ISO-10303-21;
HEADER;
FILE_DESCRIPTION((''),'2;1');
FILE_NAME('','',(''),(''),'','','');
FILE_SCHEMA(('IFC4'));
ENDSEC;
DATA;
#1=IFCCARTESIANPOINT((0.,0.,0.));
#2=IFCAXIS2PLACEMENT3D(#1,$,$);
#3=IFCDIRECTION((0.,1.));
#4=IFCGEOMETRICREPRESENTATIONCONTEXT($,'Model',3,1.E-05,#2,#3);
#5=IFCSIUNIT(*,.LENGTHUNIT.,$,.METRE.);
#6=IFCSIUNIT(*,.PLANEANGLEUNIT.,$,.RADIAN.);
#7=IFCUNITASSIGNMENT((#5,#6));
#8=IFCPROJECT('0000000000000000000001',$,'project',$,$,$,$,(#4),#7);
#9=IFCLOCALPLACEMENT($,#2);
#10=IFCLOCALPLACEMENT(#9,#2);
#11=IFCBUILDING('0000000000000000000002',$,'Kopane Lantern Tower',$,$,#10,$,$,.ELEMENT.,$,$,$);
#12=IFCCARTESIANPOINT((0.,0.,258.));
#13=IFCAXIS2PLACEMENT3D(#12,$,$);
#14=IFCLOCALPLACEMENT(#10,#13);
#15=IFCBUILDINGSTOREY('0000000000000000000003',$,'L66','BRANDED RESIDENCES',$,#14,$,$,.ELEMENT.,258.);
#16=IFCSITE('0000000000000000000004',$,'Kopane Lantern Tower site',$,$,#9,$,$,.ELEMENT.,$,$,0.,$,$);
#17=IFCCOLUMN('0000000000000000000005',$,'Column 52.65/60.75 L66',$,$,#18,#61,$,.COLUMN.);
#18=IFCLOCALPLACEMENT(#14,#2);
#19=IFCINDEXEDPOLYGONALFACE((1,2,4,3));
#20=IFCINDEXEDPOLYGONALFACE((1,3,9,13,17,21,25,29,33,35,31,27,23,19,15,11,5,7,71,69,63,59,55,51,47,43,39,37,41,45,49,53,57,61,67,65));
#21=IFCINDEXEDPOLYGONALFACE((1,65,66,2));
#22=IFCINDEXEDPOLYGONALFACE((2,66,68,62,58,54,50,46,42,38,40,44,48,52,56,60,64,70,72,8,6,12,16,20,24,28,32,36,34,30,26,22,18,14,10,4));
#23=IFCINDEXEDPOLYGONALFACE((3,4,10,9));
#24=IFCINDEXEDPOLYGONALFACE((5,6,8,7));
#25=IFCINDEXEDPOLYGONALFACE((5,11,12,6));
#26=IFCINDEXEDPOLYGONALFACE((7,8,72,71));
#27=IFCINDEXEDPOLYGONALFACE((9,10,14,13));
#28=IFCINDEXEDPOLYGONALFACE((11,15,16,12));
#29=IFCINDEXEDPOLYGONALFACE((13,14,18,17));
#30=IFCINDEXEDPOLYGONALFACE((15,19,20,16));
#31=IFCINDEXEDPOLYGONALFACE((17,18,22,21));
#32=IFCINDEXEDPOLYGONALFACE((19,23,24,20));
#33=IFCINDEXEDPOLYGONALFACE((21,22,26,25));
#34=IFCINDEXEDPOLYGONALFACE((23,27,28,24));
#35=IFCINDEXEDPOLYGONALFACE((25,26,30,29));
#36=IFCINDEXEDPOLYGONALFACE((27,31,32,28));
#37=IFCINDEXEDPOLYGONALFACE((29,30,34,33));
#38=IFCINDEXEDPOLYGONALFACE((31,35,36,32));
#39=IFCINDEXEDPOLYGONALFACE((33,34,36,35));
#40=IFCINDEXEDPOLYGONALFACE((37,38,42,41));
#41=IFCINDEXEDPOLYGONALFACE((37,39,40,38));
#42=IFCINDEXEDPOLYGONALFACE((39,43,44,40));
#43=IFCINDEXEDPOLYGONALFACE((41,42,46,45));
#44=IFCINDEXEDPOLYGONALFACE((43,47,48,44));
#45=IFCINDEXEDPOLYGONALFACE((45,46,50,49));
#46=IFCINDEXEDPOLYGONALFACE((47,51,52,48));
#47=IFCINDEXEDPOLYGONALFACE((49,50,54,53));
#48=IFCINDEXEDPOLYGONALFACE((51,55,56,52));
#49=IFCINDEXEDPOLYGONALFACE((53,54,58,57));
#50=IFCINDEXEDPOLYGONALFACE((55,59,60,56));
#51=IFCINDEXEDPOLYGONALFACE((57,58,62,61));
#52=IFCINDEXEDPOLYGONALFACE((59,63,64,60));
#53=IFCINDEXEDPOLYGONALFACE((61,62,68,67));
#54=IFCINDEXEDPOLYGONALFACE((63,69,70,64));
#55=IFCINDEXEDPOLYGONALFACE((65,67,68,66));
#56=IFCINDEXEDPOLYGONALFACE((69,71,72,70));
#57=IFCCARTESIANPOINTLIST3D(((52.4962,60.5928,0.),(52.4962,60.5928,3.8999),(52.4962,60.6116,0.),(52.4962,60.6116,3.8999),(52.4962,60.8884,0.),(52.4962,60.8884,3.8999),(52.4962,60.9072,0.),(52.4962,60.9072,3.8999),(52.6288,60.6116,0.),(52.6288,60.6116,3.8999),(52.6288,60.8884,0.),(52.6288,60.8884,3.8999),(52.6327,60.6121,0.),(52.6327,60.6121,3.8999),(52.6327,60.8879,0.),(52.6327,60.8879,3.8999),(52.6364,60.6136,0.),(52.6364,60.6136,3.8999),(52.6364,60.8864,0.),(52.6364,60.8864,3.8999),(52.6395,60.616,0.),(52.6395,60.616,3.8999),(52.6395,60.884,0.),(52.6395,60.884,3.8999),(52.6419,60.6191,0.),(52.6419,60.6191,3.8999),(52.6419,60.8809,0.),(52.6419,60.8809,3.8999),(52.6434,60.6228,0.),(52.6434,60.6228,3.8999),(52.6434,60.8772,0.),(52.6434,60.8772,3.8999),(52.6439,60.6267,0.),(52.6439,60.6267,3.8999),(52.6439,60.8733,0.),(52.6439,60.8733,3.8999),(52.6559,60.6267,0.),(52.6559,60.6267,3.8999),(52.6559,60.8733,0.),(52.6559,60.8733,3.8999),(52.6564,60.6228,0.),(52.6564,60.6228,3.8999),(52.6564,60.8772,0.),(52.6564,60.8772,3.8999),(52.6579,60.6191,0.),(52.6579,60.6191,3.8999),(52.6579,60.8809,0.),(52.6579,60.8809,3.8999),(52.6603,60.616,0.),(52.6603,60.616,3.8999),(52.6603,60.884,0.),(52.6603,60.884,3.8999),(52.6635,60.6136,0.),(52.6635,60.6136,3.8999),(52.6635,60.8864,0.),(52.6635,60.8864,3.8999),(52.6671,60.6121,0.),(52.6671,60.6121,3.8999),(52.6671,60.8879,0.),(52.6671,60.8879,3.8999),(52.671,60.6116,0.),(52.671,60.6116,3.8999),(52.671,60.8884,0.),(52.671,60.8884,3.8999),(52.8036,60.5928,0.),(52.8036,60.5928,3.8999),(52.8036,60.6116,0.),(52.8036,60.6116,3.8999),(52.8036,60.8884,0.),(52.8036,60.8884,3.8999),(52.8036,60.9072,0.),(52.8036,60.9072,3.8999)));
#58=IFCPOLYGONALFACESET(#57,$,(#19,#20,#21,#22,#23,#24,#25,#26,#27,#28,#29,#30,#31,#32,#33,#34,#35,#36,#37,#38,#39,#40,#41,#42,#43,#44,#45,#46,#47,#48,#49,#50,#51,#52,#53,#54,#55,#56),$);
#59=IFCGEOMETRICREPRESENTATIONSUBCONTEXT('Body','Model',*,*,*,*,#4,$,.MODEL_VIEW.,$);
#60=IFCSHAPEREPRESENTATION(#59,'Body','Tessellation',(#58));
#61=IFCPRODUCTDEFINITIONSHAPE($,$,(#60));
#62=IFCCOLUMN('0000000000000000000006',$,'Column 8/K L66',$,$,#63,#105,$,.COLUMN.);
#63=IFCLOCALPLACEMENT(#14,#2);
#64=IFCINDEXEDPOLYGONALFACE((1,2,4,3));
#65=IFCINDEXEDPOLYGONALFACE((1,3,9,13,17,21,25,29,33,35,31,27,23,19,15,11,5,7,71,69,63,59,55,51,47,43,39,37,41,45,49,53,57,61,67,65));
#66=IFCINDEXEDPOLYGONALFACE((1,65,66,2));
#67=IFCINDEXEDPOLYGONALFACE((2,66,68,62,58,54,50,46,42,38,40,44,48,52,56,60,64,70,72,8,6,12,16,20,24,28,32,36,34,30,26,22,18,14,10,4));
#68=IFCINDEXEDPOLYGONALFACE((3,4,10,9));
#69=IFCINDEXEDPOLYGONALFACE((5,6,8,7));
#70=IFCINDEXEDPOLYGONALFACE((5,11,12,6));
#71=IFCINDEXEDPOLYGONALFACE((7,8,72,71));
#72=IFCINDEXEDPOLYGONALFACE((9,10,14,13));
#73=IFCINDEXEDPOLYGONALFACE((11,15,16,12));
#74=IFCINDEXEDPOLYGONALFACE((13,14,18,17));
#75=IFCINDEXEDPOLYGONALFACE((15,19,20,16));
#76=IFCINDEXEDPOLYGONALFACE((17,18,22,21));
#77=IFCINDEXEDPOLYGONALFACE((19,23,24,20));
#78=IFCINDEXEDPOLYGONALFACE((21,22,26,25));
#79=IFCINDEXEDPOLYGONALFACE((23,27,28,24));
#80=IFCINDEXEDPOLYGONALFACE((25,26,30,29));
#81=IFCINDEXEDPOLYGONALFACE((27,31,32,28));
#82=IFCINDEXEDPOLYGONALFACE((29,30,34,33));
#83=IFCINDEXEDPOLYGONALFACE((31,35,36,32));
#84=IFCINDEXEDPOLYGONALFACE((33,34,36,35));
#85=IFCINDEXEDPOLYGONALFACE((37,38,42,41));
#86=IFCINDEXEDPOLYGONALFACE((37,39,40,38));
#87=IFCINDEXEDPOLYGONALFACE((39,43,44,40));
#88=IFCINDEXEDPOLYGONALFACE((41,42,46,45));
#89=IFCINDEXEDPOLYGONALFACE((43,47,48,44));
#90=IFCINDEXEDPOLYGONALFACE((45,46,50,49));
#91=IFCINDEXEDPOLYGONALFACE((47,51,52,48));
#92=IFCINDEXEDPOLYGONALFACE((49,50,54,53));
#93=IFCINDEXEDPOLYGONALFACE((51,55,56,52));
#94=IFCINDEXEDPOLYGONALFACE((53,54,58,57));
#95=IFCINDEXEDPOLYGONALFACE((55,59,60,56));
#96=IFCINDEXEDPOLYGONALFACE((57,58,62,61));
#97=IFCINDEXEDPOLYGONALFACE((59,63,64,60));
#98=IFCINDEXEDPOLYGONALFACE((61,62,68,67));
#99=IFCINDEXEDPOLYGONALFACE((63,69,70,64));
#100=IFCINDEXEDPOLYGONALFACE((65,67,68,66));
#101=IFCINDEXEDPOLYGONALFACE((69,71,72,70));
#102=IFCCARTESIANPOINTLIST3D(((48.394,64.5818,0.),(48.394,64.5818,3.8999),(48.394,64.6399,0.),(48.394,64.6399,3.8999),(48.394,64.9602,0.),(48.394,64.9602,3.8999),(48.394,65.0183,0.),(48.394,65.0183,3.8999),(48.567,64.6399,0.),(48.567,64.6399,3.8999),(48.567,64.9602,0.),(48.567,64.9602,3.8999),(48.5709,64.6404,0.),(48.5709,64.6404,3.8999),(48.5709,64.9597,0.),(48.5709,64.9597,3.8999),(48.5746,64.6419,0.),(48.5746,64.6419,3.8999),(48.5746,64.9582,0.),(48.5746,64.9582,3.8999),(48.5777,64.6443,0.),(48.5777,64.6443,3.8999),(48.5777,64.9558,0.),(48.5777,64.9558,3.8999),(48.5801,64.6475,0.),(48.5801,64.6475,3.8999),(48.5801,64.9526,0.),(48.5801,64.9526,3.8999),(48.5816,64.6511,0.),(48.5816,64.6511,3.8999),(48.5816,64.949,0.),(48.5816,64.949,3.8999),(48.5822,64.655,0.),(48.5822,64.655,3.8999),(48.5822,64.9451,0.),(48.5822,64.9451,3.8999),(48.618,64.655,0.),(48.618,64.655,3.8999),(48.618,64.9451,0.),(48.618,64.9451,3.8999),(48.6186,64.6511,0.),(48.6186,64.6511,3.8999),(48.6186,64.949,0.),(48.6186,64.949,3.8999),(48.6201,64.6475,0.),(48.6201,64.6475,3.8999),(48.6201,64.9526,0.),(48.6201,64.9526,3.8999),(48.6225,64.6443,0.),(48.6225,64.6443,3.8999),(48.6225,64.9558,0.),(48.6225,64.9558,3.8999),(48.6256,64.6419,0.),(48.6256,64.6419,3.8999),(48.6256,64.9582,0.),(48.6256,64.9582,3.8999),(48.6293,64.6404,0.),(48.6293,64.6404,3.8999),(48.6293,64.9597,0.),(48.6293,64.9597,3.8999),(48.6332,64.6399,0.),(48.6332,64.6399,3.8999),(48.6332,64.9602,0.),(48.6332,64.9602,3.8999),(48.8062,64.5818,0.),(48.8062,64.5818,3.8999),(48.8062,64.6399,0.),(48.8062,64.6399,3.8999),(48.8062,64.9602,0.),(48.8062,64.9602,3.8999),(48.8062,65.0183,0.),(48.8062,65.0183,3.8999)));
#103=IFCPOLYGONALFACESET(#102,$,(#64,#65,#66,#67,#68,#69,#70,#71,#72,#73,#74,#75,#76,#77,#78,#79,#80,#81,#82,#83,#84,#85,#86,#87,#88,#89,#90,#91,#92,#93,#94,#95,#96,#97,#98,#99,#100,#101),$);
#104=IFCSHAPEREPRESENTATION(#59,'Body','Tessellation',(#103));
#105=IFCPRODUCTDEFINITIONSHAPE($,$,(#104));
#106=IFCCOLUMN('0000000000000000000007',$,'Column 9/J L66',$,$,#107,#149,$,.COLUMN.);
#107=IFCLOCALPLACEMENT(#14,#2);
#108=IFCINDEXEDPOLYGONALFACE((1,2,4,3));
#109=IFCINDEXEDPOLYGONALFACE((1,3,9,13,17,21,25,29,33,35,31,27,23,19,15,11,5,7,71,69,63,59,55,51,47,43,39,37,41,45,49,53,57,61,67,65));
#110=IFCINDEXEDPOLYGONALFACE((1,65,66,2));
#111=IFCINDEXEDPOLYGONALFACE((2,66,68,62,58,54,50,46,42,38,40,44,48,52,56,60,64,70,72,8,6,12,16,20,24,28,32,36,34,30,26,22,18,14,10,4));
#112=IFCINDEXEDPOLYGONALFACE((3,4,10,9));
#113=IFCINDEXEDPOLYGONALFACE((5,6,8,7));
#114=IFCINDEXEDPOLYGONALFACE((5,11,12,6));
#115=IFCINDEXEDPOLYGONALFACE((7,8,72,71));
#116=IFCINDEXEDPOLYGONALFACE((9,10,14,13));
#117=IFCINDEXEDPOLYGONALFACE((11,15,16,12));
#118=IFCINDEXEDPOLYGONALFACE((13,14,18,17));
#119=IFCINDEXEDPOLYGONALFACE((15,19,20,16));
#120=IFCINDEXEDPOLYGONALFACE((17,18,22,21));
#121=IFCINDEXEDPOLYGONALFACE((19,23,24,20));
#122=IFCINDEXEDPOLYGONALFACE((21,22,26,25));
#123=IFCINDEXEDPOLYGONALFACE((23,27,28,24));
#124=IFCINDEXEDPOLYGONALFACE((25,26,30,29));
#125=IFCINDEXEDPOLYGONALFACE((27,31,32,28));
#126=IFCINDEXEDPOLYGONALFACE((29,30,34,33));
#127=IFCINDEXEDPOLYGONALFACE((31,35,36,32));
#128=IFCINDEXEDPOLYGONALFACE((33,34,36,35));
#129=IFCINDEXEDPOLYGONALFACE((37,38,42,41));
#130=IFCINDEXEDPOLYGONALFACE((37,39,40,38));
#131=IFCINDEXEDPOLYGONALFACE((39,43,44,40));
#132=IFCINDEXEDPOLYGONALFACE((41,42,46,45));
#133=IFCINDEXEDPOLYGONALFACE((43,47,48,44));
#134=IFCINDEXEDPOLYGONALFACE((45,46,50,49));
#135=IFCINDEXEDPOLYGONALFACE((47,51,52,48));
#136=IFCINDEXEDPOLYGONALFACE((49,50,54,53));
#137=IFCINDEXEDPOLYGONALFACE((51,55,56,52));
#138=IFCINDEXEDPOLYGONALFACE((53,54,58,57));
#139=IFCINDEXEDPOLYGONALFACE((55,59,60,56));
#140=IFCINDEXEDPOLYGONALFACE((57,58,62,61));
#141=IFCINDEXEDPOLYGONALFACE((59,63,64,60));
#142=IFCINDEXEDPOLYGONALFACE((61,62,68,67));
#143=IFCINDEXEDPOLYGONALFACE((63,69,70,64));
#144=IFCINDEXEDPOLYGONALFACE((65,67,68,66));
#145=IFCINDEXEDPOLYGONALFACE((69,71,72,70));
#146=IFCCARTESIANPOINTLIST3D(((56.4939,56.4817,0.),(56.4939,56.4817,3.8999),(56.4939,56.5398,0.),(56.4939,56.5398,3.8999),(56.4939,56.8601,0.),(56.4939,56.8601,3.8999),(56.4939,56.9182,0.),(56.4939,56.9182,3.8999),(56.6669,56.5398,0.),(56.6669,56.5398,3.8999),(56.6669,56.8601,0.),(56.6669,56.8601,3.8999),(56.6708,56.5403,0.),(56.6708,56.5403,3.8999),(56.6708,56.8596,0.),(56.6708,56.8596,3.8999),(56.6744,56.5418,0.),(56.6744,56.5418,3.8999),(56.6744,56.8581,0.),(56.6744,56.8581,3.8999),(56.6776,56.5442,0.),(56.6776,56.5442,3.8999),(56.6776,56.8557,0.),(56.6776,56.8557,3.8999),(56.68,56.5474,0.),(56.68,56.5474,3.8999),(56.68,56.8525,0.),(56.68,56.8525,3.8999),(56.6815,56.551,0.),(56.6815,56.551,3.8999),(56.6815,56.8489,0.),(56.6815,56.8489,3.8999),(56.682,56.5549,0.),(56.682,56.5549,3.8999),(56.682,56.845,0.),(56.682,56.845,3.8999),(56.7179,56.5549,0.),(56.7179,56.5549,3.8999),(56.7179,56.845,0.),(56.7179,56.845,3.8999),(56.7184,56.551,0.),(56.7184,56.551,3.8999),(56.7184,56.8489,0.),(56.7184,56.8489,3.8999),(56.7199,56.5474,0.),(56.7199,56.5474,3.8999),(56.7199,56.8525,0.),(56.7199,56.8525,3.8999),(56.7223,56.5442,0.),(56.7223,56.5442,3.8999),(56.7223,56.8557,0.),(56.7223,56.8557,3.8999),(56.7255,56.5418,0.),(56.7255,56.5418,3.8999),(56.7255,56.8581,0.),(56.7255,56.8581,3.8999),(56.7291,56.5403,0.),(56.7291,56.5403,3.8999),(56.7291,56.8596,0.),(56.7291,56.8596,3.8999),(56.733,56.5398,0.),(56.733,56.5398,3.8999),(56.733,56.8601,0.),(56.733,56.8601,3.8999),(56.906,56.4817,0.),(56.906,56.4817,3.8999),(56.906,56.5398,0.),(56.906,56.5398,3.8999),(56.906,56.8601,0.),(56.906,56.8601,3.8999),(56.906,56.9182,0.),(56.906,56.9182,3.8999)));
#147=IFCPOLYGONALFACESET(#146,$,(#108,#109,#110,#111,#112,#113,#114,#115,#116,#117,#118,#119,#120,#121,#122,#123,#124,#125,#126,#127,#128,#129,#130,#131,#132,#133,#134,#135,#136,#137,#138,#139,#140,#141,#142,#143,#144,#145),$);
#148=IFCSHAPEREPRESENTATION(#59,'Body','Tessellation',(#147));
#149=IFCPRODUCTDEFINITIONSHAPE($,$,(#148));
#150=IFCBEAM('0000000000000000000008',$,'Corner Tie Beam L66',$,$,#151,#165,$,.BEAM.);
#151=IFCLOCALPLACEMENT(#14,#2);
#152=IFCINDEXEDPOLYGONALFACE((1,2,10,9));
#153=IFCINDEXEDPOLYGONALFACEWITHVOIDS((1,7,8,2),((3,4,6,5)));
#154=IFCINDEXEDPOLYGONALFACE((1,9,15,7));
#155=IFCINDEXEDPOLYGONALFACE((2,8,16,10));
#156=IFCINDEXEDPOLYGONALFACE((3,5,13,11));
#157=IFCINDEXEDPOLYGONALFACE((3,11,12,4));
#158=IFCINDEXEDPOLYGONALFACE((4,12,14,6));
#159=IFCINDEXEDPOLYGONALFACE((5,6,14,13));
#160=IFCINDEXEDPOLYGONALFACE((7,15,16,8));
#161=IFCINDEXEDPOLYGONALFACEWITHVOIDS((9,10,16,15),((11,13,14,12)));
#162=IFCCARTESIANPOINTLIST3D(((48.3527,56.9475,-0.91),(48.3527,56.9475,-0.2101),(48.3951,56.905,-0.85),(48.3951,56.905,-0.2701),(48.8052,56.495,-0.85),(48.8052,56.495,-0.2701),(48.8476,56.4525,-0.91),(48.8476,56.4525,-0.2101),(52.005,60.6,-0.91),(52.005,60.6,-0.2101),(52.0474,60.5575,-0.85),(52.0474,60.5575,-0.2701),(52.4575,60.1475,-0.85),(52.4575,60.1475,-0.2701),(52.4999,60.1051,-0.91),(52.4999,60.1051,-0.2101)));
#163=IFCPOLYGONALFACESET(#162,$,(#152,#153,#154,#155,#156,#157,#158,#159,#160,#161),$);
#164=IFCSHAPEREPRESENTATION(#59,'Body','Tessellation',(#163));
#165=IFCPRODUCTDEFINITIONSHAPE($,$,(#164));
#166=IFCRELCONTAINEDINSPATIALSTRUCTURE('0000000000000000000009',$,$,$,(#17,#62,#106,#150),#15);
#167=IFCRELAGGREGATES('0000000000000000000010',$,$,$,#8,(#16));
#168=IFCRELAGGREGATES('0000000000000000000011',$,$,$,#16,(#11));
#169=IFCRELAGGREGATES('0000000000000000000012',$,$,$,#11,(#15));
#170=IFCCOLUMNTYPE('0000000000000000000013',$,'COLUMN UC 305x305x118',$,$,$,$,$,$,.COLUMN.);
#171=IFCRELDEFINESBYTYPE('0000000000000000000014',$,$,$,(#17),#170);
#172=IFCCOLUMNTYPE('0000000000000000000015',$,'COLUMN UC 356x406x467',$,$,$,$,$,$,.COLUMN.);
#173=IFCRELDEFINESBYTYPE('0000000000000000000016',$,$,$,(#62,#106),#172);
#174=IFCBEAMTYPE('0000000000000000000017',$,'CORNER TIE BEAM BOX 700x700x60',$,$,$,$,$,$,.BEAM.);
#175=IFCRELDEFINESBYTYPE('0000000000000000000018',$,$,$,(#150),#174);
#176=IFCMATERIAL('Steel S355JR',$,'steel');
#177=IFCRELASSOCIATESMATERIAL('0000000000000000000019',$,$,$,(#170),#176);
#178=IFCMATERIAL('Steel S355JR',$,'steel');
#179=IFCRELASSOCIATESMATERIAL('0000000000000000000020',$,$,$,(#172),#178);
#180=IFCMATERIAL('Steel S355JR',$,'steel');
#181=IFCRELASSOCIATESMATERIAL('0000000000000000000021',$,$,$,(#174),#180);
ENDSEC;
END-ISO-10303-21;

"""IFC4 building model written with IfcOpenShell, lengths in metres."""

from ifc_helpers import new_model, si_unit, direction, frame, origin, origin_2d, place, context, subcontext, project, spatial, hollow_rectangle, i_section, extrude, material, material_profile, profile_set, type_object, element, save


model = new_model("IFC4")

# Units and contexts
model_context = context("Model", 3, precision=1e-05, world=origin(), true_north=direction((0.0, 1.0)))
body_context = subcontext(model_context, "Body", "Model", "MODEL_VIEW")
ifc_project = project(units=[si_unit("LENGTHUNIT", "METRE"), si_unit("PLANEANGLEUNIT", "RADIAN")], contexts=[model_context])

# Site, building, storey
site_placement = place(None, origin())
site = spatial("IfcSite", under=ifc_project, at=site_placement, Name="Kopane Lantern Tower site", CompositionType="ELEMENT", RefElevation=0.0)
building_placement = place(site_placement, origin())
building = spatial("IfcBuilding", under=site, at=building_placement, Name="Kopane Lantern Tower", CompositionType="ELEMENT")
storey_placement = place(building_placement, frame((0.0, 0.0, 258.0)))
storey = spatial("IfcBuildingStorey", under=building, at=storey_placement, Name="L66", Description="BRANDED RESIDENCES", CompositionType="ELEMENT", Elevation=258.0)

# Columns
ifc_material_1 = material(Name="Steel S355JR", Category="steel")
ifc_material_profile_1 = material_profile(ifc_material_1, i_section(OverallWidth=0.3074, OverallDepth=0.3145, WebThickness=0.012, FlangeThickness=0.0188, FilletRadius=0.0151, at=origin_2d()), Name="UC 305x305x118")
ifc_profile_set_1 = profile_set([ifc_material_profile_1], Name="Steel S355JR")
column_type_1 = type_object("IfcColumnType", Name="COLUMN UC 305x305x118", PredefinedType="COLUMN", material=ifc_profile_set_1)
column_placement = place(storey_placement, frame((52.6499, 60.75, 0.0), z_axis=(0.0, 0.0, 1.0), x_axis=(1.0, 0.0, 0.0)))
element("IfcColumn", 1, at=column_placement, inside=storey, type_object=column_type_1, Name="Column 52.65/60.75 L66", PredefinedType="COLUMN", context=body_context, shape_type="SweptSolid", body=[
    extrude(i_section(OverallWidth=0.3074, OverallDepth=0.3145, WebThickness=0.012, FlangeThickness=0.0188, FilletRadius=0.0151, at=origin_2d()), origin(), (0.0, 0.0, 1.0), 3.8999),
])
ifc_material_2 = material(Name="Steel S355JR", Category="steel")
ifc_material_profile_2 = material_profile(ifc_material_2, i_section(OverallWidth=0.4121, OverallDepth=0.4365, WebThickness=0.0359, FlangeThickness=0.0581, FilletRadius=0.0151, at=origin_2d()), Name="UC 356x406x467")
ifc_profile_set_2 = profile_set([ifc_material_profile_2], Name="Steel S355JR")
column_type_2 = type_object("IfcColumnType", Name="COLUMN UC 356x406x467", PredefinedType="COLUMN", material=ifc_profile_set_2)
for number, where, z_axis, x_axis, name in (
    (2, (48.6001, 64.8, 0.0), (0.0, 0.0, 1.0), (1.0, 0.0, 0.0), "Column 8/K L66"),
    (3, (56.7, 56.7, 0.0), (0.0, 0.0, 1.0), (1.0, 0.0, 0.0), "Column 9/J L66"),
):
    element("IfcColumn", number, at=place(storey_placement, frame(where, z_axis=z_axis, x_axis=x_axis)), inside=storey, type_object=column_type_2, Name=name, PredefinedType="COLUMN", context=body_context, shape_type="SweptSolid", body=[
        extrude(i_section(OverallWidth=0.4121, OverallDepth=0.4365, WebThickness=0.0359, FlangeThickness=0.0581, FilletRadius=0.0151, at=origin_2d()), origin(), (0.0, 0.0, 1.0), 3.8999),
    ])

# Beam
ifc_material_3 = material(Name="Steel S355JR", Category="steel")
ifc_material_profile_3 = material_profile(ifc_material_3, hollow_rectangle(XDim=0.7, YDim=0.7, WallThickness=0.0601, at=origin_2d()), Name="BOX 700x700x60")
ifc_profile_set_3 = profile_set([ifc_material_profile_3], Name="Steel S355JR")
beam_type_1 = type_object("IfcBeamType", Name="CORNER TIE BEAM BOX 700x700x60", PredefinedType="BEAM", material=ifc_profile_set_3)
beam_1_placement = place(storey_placement, frame((52.2524, 60.3525, -0.5601), z_axis=(-0.707083, -0.70713, 0.0), x_axis=(0.70713, -0.707083, 0.0)))
element("IfcBeam", 4, at=beam_1_placement, inside=storey, type_object=beam_type_1, Name="Corner Tie Beam L66", PredefinedType="BEAM", context=body_context, shape_type="SweptSolid", body=[
    extrude(hollow_rectangle(XDim=0.7, YDim=0.7, WallThickness=0.0601, at=origin_2d()), origin(), (0.0, 0.0, 1.0), 5.1653),
])

save(model, "model.ifc")
